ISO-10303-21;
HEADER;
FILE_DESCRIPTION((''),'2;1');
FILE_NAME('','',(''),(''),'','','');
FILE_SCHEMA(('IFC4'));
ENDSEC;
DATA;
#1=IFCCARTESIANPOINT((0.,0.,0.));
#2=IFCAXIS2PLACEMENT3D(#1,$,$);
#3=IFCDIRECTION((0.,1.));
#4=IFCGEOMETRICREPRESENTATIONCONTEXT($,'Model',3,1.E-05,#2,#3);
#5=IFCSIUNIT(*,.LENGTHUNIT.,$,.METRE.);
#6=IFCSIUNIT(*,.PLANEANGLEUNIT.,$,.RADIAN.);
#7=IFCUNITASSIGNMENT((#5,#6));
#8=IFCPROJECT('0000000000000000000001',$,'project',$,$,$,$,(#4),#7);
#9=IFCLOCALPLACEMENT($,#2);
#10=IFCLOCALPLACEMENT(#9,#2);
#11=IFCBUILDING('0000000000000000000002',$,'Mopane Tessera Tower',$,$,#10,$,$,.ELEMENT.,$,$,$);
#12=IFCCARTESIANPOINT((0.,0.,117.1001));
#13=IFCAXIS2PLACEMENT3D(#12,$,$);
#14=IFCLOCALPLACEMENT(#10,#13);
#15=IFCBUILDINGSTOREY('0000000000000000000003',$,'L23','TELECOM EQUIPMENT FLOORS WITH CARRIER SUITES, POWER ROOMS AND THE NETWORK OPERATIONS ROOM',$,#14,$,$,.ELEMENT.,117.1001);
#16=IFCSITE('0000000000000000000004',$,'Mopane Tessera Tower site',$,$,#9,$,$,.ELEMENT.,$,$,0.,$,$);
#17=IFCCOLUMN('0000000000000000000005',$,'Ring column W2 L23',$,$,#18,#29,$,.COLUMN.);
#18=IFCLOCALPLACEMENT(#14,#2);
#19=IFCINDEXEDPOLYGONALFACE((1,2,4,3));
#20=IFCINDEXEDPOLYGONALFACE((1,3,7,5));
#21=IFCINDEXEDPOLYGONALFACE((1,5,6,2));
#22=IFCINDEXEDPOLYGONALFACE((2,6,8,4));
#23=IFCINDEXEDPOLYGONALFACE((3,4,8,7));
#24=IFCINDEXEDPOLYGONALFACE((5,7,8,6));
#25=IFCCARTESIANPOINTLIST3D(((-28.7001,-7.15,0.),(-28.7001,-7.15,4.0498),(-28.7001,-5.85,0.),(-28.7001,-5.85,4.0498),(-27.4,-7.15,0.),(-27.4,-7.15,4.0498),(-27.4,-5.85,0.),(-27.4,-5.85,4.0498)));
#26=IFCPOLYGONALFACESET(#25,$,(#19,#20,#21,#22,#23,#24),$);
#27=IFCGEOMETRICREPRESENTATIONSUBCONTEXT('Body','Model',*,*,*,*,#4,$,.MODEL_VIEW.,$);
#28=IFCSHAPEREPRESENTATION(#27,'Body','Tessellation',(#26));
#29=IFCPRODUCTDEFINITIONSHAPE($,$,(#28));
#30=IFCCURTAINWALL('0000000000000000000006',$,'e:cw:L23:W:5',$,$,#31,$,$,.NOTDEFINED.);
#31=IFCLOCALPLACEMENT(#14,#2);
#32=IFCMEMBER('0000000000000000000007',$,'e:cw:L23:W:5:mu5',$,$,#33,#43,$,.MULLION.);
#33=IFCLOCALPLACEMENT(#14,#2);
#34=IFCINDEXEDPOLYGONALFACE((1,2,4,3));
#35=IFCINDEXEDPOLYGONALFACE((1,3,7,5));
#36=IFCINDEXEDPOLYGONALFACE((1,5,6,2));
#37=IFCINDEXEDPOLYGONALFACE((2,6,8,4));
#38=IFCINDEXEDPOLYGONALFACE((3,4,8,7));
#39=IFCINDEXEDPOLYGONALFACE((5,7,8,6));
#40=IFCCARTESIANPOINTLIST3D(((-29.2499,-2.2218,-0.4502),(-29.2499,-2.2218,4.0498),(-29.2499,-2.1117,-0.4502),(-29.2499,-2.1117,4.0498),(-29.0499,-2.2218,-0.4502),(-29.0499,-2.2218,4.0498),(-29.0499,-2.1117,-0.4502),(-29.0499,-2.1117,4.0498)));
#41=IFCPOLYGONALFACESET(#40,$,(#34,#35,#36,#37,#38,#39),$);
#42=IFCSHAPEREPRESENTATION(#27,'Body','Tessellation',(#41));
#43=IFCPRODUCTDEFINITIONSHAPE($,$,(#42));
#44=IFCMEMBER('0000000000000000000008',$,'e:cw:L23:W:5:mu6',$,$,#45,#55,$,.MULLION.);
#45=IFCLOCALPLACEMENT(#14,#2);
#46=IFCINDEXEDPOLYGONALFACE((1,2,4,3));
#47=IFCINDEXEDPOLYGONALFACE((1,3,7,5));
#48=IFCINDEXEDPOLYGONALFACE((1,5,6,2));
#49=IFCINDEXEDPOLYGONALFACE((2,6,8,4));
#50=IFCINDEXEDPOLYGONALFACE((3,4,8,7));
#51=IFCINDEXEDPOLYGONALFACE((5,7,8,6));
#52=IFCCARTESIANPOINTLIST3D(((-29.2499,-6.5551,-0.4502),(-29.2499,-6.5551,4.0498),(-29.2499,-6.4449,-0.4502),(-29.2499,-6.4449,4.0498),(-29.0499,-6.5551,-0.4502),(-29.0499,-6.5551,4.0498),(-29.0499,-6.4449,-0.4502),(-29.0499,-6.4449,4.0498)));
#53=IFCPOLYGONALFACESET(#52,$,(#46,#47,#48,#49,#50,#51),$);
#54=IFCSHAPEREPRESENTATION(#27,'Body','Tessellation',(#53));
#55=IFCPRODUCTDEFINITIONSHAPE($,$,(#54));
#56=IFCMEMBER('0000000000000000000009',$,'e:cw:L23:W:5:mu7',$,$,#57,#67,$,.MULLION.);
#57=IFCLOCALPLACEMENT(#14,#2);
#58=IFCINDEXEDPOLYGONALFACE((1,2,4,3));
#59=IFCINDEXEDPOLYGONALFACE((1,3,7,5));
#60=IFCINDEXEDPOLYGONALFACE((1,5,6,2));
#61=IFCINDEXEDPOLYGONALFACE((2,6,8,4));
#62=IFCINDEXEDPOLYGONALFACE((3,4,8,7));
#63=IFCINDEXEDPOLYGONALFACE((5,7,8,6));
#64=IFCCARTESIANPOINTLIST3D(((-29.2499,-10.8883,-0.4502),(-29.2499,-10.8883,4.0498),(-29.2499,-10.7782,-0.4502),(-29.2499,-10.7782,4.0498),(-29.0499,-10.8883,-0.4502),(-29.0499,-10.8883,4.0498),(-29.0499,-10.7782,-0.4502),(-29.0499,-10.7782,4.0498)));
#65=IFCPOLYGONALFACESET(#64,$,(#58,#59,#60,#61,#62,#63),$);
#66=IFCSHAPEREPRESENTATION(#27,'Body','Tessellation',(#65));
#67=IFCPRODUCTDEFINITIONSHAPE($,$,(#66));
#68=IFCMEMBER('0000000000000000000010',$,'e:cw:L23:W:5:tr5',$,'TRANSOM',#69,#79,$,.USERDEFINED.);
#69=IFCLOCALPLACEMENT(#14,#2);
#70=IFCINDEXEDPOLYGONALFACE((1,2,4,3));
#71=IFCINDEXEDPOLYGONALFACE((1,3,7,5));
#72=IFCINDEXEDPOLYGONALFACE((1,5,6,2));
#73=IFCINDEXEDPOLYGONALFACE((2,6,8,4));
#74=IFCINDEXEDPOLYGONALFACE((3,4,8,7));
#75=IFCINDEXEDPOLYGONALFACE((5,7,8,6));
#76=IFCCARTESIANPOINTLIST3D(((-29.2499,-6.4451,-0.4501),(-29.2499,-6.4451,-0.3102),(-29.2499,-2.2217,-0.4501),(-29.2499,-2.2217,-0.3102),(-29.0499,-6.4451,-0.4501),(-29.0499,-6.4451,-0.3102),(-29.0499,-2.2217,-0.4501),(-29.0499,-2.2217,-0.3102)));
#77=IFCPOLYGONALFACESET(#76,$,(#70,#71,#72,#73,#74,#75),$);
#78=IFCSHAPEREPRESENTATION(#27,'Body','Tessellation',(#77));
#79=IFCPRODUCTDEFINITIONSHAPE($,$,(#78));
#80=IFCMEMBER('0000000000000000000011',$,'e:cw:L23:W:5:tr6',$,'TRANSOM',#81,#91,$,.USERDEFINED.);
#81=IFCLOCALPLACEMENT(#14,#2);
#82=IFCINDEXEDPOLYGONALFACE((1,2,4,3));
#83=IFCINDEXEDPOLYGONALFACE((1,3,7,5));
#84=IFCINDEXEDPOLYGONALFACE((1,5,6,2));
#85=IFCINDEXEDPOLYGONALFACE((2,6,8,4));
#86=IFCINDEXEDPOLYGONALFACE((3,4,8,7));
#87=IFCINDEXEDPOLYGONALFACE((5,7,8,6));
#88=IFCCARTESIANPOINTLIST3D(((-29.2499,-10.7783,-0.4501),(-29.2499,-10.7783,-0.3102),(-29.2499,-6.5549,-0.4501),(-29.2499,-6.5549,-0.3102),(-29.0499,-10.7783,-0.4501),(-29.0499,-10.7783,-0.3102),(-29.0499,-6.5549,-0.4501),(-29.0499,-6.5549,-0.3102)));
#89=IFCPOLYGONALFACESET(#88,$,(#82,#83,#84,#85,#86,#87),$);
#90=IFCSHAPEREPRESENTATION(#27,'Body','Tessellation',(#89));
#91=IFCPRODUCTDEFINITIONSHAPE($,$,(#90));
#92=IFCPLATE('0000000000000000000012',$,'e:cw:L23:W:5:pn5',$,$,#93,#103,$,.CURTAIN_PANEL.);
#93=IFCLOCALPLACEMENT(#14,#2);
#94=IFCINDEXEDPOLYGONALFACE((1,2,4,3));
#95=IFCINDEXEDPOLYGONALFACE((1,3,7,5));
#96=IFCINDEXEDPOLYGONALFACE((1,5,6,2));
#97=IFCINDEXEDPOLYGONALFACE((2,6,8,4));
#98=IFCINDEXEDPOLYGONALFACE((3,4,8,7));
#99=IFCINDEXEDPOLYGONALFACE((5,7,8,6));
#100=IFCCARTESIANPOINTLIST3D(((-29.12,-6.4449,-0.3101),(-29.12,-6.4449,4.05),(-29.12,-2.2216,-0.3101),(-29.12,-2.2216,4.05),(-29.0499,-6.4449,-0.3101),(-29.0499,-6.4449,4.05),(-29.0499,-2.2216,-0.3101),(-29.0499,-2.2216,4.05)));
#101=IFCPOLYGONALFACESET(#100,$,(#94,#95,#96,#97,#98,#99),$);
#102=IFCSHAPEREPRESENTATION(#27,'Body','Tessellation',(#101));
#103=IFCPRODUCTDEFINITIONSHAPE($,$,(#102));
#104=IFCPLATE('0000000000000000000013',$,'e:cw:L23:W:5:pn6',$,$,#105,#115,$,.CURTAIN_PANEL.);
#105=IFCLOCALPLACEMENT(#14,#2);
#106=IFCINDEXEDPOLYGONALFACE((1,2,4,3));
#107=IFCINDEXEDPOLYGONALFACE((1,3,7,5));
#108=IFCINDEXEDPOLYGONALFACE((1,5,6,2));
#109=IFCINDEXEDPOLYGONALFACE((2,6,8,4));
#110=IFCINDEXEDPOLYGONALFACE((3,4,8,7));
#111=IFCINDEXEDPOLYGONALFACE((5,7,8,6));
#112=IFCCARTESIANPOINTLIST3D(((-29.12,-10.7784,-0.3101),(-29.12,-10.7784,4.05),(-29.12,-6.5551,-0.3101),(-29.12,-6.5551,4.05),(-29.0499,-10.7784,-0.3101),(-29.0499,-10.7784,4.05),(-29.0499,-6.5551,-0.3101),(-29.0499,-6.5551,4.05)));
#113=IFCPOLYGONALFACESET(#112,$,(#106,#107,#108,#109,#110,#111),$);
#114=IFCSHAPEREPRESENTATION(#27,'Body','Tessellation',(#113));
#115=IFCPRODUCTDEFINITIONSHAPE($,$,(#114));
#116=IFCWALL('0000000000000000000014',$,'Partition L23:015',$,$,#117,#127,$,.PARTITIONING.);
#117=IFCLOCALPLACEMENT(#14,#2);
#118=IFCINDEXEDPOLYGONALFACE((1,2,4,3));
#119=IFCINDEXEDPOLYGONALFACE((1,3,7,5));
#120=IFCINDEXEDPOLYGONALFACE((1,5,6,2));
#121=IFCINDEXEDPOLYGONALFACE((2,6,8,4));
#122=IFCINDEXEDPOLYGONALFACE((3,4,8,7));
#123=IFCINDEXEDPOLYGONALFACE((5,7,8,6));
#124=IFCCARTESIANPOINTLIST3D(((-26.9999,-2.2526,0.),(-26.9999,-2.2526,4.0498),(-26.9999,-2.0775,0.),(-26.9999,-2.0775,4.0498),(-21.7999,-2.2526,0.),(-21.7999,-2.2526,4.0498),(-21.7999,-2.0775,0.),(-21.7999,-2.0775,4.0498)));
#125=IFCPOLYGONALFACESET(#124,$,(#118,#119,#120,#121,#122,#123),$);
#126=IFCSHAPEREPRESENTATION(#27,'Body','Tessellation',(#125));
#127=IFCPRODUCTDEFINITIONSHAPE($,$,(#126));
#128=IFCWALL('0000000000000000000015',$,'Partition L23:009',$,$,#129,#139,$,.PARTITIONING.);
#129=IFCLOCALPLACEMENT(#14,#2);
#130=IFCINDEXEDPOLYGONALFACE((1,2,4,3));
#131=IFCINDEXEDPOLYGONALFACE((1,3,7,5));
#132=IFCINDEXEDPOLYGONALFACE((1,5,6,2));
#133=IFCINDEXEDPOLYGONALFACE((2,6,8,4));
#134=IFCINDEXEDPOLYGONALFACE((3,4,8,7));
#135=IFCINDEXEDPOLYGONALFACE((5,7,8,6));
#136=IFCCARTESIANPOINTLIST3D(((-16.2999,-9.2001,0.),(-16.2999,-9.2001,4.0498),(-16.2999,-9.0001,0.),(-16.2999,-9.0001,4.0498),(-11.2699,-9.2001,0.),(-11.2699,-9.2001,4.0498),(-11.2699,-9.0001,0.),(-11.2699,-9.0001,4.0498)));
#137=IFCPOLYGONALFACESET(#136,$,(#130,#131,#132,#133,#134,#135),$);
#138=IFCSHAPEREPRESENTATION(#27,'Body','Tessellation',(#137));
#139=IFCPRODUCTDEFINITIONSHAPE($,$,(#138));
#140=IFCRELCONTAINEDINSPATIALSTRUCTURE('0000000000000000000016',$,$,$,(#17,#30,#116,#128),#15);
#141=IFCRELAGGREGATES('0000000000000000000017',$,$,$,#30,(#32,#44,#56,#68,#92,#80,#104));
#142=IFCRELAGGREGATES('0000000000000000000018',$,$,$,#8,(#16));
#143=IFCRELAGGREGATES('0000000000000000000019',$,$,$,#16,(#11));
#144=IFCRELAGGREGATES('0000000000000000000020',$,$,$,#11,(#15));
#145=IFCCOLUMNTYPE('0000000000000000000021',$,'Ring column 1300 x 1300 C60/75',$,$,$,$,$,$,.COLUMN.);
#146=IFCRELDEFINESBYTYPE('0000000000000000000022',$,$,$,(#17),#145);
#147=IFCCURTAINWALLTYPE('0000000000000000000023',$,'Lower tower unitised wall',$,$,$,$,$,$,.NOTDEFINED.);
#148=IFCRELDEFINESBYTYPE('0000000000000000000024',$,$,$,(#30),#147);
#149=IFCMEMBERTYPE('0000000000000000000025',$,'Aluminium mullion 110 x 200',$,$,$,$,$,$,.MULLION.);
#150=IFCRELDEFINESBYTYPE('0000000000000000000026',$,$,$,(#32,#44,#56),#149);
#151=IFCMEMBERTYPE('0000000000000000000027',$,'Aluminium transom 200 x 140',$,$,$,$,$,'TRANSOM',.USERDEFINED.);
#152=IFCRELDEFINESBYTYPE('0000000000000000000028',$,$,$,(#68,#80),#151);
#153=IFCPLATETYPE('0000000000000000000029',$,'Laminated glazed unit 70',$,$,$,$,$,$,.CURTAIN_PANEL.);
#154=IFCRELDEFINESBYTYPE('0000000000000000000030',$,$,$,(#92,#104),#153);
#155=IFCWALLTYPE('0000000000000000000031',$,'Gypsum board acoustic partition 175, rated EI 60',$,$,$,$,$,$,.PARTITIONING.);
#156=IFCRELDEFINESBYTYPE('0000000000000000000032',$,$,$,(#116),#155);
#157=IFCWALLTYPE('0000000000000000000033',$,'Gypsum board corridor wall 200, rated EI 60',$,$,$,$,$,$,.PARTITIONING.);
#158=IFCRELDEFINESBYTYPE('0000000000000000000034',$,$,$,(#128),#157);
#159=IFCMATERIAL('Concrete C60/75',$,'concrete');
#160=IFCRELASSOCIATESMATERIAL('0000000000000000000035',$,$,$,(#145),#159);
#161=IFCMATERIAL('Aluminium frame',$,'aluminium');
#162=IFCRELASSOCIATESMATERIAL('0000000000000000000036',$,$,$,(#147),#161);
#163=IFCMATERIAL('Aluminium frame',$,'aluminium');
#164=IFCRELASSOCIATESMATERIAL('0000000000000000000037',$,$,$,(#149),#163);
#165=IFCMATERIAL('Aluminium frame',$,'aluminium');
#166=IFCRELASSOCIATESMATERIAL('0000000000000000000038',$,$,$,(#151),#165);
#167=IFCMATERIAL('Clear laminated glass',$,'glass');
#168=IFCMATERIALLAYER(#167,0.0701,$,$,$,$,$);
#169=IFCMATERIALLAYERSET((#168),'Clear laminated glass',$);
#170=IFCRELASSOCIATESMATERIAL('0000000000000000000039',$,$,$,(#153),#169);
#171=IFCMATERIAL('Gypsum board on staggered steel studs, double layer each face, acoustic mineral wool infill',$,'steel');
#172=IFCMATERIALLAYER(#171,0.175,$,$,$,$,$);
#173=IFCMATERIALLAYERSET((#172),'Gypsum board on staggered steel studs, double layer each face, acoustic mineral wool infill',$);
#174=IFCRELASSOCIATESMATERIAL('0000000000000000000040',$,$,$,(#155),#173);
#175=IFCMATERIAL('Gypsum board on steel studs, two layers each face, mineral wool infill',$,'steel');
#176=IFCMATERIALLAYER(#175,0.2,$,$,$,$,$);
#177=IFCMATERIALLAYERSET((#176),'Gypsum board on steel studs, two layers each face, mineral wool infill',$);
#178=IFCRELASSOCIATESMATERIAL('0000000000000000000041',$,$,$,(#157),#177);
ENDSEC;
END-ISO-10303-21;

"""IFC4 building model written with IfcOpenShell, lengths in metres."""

from ifc_helpers import new_model, si_unit, direction, frame, frame_2d, origin, origin_2d, place, context, subcontext, project, spatial, rectangle, extrude, material, layer, layer_set, material_profile, profile_set, type_object, element, aggregate, save


model = new_model("IFC4")

# Units and contexts
model_context = context("Model", 3, precision=1e-05, world=origin(), true_north=direction((0.0, 1.0)))
body_context = subcontext(model_context, "Body", "Model", "MODEL_VIEW")
ifc_project = project(units=[si_unit("LENGTHUNIT", "METRE"), si_unit("PLANEANGLEUNIT", "RADIAN")], contexts=[model_context])

# Site, building, storey
site_placement = place(None, origin())
site = spatial("IfcSite", under=ifc_project, at=site_placement, Name="Mopane Tessera Tower site", CompositionType="ELEMENT", RefElevation=0.0)
building_placement = place(site_placement, origin())
building = spatial("IfcBuilding", under=site, at=building_placement, Name="Mopane Tessera Tower", CompositionType="ELEMENT")
storey_placement = place(building_placement, frame((0.0, 0.0, 117.1001)))
storey = spatial("IfcBuildingStorey", under=building, at=storey_placement, Name="L23", Description="TELECOM EQUIPMENT FLOORS WITH CARRIER SUITES, POWER ROOMS AND THE NETWORK OPERATIONS ROOM", CompositionType="ELEMENT", Elevation=117.1001)

# Column
ifc_material_1 = material(Name="Concrete C60/75", Category="concrete")
ifc_material_profile_1 = material_profile(ifc_material_1, rectangle(XDim=1.3, YDim=1.3, at=origin_2d()))
ifc_profile_set_1 = profile_set([ifc_material_profile_1], Name="Concrete C60/75")
column_type = type_object("IfcColumnType", Name="Ring column 1300 x 1300 C60/75", PredefinedType="COLUMN", material=ifc_profile_set_1)
column_placement = place(storey_placement, frame((-28.05, -6.5, 0.0), z_axis=(0.0, 0.0, 1.0), x_axis=(1.0, 0.0, 0.0)))
element("IfcColumn", 1, at=column_placement, inside=storey, type_object=column_type, Name="Ring column W2 L23", PredefinedType="COLUMN", context=body_context, shape_type="SweptSolid", body=[
    extrude(rectangle(XDim=1.3, YDim=1.3, at=origin_2d()), origin(), (0.0, 0.0, 1.0), 4.0498),
])

# Curtain wall, members, plates
ifc_material_2 = material(Name="Aluminium frame", Category="aluminium")
curtain_wall_type = type_object("IfcCurtainWallType", Name="Lower tower unitised wall", PredefinedType="NOTDEFINED", material=ifc_material_2)
curtain_wall_placement = place(storey_placement, origin())
curtain_wall = element("IfcCurtainWall", 2, at=curtain_wall_placement, inside=storey, type_object=curtain_wall_type, Name="e:cw:L23:W:5", PredefinedType="NOTDEFINED")
ifc_material_3 = material(Name="Aluminium frame", Category="aluminium")
ifc_material_profile_2 = material_profile(ifc_material_3, rectangle(XDim=0.1101, YDim=0.2, at=origin_2d()))
ifc_profile_set_2 = profile_set([ifc_material_profile_2], Name="Aluminium frame")
member_type_1 = type_object("IfcMemberType", Name="Aluminium mullion 110 x 200", PredefinedType="MULLION", material=ifc_profile_set_2)
member_1_placement = place(storey_placement, frame((-29.1499, -2.1667, -0.4502), z_axis=(0.0, 0.0, 1.0), x_axis=(0.0, -1.0, 0.0)))
member_1 = element("IfcMember", 3, at=member_1_placement, type_object=member_type_1, Name="e:cw:L23:W:5:mu5", PredefinedType="MULLION", context=body_context, shape_type="SweptSolid", body=[
    extrude(rectangle(XDim=0.1101, YDim=0.2, at=origin_2d()), origin(), (0.0, 0.0, 1.0), 4.5),
])
member_2_placement = place(storey_placement, frame((-29.1499, -6.5, -0.4502), z_axis=(0.0, 0.0, 1.0), x_axis=(0.0, -1.0, 0.0)))
member_2 = element("IfcMember", 4, at=member_2_placement, type_object=member_type_1, Name="e:cw:L23:W:5:mu6", PredefinedType="MULLION", context=body_context, shape_type="SweptSolid", body=[
    extrude(rectangle(XDim=0.1101, YDim=0.2, at=origin_2d()), origin(), (0.0, 0.0, 1.0), 4.5),
])
member_3_placement = place(storey_placement, frame((-29.1499, -10.8333, -0.4502), z_axis=(0.0, 0.0, 1.0), x_axis=(0.0, -1.0, 0.0)))
member_3 = element("IfcMember", 5, at=member_3_placement, type_object=member_type_1, Name="e:cw:L23:W:5:mu7", PredefinedType="MULLION", context=body_context, shape_type="SweptSolid", body=[
    extrude(rectangle(XDim=0.1101, YDim=0.2, at=origin_2d()), origin(), (0.0, 0.0, 1.0), 4.5),
])
ifc_material_4 = material(Name="Aluminium frame", Category="aluminium")
ifc_material_profile_3 = material_profile(ifc_material_4, rectangle(XDim=0.2, YDim=0.1399, at=origin_2d()))
ifc_profile_set_3 = profile_set([ifc_material_profile_3], Name="Aluminium frame")
member_type_2 = type_object("IfcMemberType", Name="Aluminium transom 200 x 140", ElementType="TRANSOM", PredefinedType="USERDEFINED", material=ifc_profile_set_3)
member_4_placement = place(storey_placement, frame((-29.1499, -2.2217, -0.3801), z_axis=(0.0, -1.0, 0.0), x_axis=(1.0, 0.0, 0.0)))
member_4 = element("IfcMember", 6, at=member_4_placement, type_object=member_type_2, Name="e:cw:L23:W:5:tr5", ObjectType="TRANSOM", PredefinedType="USERDEFINED", context=body_context, shape_type="SweptSolid", body=[
    extrude(rectangle(XDim=0.2, YDim=0.1399, at=origin_2d()), origin(), (0.0, 0.0, 1.0), 4.2234),
])
member_5_placement = place(storey_placement, frame((-29.1499, -6.5549, -0.3801), z_axis=(0.0, -1.0, 0.0), x_axis=(1.0, 0.0, 0.0)))
member_5 = element("IfcMember", 7, at=member_5_placement, type_object=member_type_2, Name="e:cw:L23:W:5:tr6", ObjectType="TRANSOM", PredefinedType="USERDEFINED", context=body_context, shape_type="SweptSolid", body=[
    extrude(rectangle(XDim=0.2, YDim=0.1399, at=origin_2d()), origin(), (0.0, 0.0, 1.0), 4.2234),
])
ifc_material_5 = material(Name="Clear laminated glass", Category="glass")
ifc_layer_1 = layer(ifc_material_5, 0.0701)
ifc_layer_set_1 = layer_set([ifc_layer_1], Name="Clear laminated glass")
plate_type = type_object("IfcPlateType", Name="Laminated glazed unit 70", PredefinedType="CURTAIN_PANEL", material=ifc_layer_set_1)
plate_1_placement = place(storey_placement, frame((-29.085, -4.3333, -0.3101), z_axis=(0.0, 0.0, 1.0), x_axis=(0.0, -1.0, 0.0)))
plate_1 = element("IfcPlate", 8, at=plate_1_placement, type_object=plate_type, Name="e:cw:L23:W:5:pn5", PredefinedType="CURTAIN_PANEL", context=body_context, shape_type="SweptSolid", body=[
    extrude(rectangle(XDim=4.2234, YDim=0.0701, at=origin_2d()), origin(), (0.0, 0.0, 1.0), 4.3601),
])
plate_2_placement = place(storey_placement, frame((-29.085, -8.6667, -0.3101), z_axis=(0.0, 0.0, 1.0), x_axis=(0.0, -1.0, 0.0)))
plate_2 = element("IfcPlate", 9, at=plate_2_placement, type_object=plate_type, Name="e:cw:L23:W:5:pn6", PredefinedType="CURTAIN_PANEL", context=body_context, shape_type="SweptSolid", body=[
    extrude(rectangle(XDim=4.2234, YDim=0.0701, at=origin_2d()), origin(), (0.0, 0.0, 1.0), 4.3601),
])
aggregate(curtain_wall, [member_1, member_2, member_3, member_4, plate_1, member_5, plate_2])

# Walls
ifc_material_6 = material(Name="Gypsum board on staggered steel studs, double layer each face, acoustic mineral wool infill", Category="steel")
ifc_layer_2 = layer(ifc_material_6, 0.175)
ifc_layer_set_2 = layer_set([ifc_layer_2], Name="Gypsum board on staggered steel studs, double layer each face, acoustic mineral wool infill")
wall_type_1 = type_object("IfcWallType", Name="Gypsum board acoustic partition 175, rated EI 60", PredefinedType="PARTITIONING", material=ifc_layer_set_2)
wall_1_placement = place(storey_placement, frame((-27.0, -2.165, 0.0), z_axis=(0.0, 0.0, 1.0), x_axis=(1.0, 0.0, 0.0)))
element("IfcWall", 10, at=wall_1_placement, inside=storey, type_object=wall_type_1, Name="Partition L23:015", PredefinedType="PARTITIONING", context=body_context, shape_type="SweptSolid", body=[
    extrude(rectangle(XDim=5.2, YDim=0.175, at=frame_2d((2.6001, 0.0))), origin(), (0.0, 0.0, 1.0), 4.0498),
])
ifc_material_7 = material(Name="Gypsum board on steel studs, two layers each face, mineral wool infill", Category="steel")
ifc_layer_3 = layer(ifc_material_7, 0.2)
ifc_layer_set_3 = layer_set([ifc_layer_3], Name="Gypsum board on steel studs, two layers each face, mineral wool infill")
wall_type_2 = type_object("IfcWallType", Name="Gypsum board corridor wall 200, rated EI 60", PredefinedType="PARTITIONING", material=ifc_layer_set_3)
wall_2_placement = place(storey_placement, frame((-16.3, -9.1001, 0.0), z_axis=(0.0, 0.0, 1.0), x_axis=(1.0, 0.0, 0.0)))
element("IfcWall", 11, at=wall_2_placement, inside=storey, type_object=wall_type_2, Name="Partition L23:009", PredefinedType="PARTITIONING", context=body_context, shape_type="SweptSolid", body=[
    extrude(rectangle(XDim=5.03, YDim=0.2, at=frame_2d((2.5151, 0.0))), origin(), (0.0, 0.0, 1.0), 4.0498),
])

save(model, "model.ifc")
